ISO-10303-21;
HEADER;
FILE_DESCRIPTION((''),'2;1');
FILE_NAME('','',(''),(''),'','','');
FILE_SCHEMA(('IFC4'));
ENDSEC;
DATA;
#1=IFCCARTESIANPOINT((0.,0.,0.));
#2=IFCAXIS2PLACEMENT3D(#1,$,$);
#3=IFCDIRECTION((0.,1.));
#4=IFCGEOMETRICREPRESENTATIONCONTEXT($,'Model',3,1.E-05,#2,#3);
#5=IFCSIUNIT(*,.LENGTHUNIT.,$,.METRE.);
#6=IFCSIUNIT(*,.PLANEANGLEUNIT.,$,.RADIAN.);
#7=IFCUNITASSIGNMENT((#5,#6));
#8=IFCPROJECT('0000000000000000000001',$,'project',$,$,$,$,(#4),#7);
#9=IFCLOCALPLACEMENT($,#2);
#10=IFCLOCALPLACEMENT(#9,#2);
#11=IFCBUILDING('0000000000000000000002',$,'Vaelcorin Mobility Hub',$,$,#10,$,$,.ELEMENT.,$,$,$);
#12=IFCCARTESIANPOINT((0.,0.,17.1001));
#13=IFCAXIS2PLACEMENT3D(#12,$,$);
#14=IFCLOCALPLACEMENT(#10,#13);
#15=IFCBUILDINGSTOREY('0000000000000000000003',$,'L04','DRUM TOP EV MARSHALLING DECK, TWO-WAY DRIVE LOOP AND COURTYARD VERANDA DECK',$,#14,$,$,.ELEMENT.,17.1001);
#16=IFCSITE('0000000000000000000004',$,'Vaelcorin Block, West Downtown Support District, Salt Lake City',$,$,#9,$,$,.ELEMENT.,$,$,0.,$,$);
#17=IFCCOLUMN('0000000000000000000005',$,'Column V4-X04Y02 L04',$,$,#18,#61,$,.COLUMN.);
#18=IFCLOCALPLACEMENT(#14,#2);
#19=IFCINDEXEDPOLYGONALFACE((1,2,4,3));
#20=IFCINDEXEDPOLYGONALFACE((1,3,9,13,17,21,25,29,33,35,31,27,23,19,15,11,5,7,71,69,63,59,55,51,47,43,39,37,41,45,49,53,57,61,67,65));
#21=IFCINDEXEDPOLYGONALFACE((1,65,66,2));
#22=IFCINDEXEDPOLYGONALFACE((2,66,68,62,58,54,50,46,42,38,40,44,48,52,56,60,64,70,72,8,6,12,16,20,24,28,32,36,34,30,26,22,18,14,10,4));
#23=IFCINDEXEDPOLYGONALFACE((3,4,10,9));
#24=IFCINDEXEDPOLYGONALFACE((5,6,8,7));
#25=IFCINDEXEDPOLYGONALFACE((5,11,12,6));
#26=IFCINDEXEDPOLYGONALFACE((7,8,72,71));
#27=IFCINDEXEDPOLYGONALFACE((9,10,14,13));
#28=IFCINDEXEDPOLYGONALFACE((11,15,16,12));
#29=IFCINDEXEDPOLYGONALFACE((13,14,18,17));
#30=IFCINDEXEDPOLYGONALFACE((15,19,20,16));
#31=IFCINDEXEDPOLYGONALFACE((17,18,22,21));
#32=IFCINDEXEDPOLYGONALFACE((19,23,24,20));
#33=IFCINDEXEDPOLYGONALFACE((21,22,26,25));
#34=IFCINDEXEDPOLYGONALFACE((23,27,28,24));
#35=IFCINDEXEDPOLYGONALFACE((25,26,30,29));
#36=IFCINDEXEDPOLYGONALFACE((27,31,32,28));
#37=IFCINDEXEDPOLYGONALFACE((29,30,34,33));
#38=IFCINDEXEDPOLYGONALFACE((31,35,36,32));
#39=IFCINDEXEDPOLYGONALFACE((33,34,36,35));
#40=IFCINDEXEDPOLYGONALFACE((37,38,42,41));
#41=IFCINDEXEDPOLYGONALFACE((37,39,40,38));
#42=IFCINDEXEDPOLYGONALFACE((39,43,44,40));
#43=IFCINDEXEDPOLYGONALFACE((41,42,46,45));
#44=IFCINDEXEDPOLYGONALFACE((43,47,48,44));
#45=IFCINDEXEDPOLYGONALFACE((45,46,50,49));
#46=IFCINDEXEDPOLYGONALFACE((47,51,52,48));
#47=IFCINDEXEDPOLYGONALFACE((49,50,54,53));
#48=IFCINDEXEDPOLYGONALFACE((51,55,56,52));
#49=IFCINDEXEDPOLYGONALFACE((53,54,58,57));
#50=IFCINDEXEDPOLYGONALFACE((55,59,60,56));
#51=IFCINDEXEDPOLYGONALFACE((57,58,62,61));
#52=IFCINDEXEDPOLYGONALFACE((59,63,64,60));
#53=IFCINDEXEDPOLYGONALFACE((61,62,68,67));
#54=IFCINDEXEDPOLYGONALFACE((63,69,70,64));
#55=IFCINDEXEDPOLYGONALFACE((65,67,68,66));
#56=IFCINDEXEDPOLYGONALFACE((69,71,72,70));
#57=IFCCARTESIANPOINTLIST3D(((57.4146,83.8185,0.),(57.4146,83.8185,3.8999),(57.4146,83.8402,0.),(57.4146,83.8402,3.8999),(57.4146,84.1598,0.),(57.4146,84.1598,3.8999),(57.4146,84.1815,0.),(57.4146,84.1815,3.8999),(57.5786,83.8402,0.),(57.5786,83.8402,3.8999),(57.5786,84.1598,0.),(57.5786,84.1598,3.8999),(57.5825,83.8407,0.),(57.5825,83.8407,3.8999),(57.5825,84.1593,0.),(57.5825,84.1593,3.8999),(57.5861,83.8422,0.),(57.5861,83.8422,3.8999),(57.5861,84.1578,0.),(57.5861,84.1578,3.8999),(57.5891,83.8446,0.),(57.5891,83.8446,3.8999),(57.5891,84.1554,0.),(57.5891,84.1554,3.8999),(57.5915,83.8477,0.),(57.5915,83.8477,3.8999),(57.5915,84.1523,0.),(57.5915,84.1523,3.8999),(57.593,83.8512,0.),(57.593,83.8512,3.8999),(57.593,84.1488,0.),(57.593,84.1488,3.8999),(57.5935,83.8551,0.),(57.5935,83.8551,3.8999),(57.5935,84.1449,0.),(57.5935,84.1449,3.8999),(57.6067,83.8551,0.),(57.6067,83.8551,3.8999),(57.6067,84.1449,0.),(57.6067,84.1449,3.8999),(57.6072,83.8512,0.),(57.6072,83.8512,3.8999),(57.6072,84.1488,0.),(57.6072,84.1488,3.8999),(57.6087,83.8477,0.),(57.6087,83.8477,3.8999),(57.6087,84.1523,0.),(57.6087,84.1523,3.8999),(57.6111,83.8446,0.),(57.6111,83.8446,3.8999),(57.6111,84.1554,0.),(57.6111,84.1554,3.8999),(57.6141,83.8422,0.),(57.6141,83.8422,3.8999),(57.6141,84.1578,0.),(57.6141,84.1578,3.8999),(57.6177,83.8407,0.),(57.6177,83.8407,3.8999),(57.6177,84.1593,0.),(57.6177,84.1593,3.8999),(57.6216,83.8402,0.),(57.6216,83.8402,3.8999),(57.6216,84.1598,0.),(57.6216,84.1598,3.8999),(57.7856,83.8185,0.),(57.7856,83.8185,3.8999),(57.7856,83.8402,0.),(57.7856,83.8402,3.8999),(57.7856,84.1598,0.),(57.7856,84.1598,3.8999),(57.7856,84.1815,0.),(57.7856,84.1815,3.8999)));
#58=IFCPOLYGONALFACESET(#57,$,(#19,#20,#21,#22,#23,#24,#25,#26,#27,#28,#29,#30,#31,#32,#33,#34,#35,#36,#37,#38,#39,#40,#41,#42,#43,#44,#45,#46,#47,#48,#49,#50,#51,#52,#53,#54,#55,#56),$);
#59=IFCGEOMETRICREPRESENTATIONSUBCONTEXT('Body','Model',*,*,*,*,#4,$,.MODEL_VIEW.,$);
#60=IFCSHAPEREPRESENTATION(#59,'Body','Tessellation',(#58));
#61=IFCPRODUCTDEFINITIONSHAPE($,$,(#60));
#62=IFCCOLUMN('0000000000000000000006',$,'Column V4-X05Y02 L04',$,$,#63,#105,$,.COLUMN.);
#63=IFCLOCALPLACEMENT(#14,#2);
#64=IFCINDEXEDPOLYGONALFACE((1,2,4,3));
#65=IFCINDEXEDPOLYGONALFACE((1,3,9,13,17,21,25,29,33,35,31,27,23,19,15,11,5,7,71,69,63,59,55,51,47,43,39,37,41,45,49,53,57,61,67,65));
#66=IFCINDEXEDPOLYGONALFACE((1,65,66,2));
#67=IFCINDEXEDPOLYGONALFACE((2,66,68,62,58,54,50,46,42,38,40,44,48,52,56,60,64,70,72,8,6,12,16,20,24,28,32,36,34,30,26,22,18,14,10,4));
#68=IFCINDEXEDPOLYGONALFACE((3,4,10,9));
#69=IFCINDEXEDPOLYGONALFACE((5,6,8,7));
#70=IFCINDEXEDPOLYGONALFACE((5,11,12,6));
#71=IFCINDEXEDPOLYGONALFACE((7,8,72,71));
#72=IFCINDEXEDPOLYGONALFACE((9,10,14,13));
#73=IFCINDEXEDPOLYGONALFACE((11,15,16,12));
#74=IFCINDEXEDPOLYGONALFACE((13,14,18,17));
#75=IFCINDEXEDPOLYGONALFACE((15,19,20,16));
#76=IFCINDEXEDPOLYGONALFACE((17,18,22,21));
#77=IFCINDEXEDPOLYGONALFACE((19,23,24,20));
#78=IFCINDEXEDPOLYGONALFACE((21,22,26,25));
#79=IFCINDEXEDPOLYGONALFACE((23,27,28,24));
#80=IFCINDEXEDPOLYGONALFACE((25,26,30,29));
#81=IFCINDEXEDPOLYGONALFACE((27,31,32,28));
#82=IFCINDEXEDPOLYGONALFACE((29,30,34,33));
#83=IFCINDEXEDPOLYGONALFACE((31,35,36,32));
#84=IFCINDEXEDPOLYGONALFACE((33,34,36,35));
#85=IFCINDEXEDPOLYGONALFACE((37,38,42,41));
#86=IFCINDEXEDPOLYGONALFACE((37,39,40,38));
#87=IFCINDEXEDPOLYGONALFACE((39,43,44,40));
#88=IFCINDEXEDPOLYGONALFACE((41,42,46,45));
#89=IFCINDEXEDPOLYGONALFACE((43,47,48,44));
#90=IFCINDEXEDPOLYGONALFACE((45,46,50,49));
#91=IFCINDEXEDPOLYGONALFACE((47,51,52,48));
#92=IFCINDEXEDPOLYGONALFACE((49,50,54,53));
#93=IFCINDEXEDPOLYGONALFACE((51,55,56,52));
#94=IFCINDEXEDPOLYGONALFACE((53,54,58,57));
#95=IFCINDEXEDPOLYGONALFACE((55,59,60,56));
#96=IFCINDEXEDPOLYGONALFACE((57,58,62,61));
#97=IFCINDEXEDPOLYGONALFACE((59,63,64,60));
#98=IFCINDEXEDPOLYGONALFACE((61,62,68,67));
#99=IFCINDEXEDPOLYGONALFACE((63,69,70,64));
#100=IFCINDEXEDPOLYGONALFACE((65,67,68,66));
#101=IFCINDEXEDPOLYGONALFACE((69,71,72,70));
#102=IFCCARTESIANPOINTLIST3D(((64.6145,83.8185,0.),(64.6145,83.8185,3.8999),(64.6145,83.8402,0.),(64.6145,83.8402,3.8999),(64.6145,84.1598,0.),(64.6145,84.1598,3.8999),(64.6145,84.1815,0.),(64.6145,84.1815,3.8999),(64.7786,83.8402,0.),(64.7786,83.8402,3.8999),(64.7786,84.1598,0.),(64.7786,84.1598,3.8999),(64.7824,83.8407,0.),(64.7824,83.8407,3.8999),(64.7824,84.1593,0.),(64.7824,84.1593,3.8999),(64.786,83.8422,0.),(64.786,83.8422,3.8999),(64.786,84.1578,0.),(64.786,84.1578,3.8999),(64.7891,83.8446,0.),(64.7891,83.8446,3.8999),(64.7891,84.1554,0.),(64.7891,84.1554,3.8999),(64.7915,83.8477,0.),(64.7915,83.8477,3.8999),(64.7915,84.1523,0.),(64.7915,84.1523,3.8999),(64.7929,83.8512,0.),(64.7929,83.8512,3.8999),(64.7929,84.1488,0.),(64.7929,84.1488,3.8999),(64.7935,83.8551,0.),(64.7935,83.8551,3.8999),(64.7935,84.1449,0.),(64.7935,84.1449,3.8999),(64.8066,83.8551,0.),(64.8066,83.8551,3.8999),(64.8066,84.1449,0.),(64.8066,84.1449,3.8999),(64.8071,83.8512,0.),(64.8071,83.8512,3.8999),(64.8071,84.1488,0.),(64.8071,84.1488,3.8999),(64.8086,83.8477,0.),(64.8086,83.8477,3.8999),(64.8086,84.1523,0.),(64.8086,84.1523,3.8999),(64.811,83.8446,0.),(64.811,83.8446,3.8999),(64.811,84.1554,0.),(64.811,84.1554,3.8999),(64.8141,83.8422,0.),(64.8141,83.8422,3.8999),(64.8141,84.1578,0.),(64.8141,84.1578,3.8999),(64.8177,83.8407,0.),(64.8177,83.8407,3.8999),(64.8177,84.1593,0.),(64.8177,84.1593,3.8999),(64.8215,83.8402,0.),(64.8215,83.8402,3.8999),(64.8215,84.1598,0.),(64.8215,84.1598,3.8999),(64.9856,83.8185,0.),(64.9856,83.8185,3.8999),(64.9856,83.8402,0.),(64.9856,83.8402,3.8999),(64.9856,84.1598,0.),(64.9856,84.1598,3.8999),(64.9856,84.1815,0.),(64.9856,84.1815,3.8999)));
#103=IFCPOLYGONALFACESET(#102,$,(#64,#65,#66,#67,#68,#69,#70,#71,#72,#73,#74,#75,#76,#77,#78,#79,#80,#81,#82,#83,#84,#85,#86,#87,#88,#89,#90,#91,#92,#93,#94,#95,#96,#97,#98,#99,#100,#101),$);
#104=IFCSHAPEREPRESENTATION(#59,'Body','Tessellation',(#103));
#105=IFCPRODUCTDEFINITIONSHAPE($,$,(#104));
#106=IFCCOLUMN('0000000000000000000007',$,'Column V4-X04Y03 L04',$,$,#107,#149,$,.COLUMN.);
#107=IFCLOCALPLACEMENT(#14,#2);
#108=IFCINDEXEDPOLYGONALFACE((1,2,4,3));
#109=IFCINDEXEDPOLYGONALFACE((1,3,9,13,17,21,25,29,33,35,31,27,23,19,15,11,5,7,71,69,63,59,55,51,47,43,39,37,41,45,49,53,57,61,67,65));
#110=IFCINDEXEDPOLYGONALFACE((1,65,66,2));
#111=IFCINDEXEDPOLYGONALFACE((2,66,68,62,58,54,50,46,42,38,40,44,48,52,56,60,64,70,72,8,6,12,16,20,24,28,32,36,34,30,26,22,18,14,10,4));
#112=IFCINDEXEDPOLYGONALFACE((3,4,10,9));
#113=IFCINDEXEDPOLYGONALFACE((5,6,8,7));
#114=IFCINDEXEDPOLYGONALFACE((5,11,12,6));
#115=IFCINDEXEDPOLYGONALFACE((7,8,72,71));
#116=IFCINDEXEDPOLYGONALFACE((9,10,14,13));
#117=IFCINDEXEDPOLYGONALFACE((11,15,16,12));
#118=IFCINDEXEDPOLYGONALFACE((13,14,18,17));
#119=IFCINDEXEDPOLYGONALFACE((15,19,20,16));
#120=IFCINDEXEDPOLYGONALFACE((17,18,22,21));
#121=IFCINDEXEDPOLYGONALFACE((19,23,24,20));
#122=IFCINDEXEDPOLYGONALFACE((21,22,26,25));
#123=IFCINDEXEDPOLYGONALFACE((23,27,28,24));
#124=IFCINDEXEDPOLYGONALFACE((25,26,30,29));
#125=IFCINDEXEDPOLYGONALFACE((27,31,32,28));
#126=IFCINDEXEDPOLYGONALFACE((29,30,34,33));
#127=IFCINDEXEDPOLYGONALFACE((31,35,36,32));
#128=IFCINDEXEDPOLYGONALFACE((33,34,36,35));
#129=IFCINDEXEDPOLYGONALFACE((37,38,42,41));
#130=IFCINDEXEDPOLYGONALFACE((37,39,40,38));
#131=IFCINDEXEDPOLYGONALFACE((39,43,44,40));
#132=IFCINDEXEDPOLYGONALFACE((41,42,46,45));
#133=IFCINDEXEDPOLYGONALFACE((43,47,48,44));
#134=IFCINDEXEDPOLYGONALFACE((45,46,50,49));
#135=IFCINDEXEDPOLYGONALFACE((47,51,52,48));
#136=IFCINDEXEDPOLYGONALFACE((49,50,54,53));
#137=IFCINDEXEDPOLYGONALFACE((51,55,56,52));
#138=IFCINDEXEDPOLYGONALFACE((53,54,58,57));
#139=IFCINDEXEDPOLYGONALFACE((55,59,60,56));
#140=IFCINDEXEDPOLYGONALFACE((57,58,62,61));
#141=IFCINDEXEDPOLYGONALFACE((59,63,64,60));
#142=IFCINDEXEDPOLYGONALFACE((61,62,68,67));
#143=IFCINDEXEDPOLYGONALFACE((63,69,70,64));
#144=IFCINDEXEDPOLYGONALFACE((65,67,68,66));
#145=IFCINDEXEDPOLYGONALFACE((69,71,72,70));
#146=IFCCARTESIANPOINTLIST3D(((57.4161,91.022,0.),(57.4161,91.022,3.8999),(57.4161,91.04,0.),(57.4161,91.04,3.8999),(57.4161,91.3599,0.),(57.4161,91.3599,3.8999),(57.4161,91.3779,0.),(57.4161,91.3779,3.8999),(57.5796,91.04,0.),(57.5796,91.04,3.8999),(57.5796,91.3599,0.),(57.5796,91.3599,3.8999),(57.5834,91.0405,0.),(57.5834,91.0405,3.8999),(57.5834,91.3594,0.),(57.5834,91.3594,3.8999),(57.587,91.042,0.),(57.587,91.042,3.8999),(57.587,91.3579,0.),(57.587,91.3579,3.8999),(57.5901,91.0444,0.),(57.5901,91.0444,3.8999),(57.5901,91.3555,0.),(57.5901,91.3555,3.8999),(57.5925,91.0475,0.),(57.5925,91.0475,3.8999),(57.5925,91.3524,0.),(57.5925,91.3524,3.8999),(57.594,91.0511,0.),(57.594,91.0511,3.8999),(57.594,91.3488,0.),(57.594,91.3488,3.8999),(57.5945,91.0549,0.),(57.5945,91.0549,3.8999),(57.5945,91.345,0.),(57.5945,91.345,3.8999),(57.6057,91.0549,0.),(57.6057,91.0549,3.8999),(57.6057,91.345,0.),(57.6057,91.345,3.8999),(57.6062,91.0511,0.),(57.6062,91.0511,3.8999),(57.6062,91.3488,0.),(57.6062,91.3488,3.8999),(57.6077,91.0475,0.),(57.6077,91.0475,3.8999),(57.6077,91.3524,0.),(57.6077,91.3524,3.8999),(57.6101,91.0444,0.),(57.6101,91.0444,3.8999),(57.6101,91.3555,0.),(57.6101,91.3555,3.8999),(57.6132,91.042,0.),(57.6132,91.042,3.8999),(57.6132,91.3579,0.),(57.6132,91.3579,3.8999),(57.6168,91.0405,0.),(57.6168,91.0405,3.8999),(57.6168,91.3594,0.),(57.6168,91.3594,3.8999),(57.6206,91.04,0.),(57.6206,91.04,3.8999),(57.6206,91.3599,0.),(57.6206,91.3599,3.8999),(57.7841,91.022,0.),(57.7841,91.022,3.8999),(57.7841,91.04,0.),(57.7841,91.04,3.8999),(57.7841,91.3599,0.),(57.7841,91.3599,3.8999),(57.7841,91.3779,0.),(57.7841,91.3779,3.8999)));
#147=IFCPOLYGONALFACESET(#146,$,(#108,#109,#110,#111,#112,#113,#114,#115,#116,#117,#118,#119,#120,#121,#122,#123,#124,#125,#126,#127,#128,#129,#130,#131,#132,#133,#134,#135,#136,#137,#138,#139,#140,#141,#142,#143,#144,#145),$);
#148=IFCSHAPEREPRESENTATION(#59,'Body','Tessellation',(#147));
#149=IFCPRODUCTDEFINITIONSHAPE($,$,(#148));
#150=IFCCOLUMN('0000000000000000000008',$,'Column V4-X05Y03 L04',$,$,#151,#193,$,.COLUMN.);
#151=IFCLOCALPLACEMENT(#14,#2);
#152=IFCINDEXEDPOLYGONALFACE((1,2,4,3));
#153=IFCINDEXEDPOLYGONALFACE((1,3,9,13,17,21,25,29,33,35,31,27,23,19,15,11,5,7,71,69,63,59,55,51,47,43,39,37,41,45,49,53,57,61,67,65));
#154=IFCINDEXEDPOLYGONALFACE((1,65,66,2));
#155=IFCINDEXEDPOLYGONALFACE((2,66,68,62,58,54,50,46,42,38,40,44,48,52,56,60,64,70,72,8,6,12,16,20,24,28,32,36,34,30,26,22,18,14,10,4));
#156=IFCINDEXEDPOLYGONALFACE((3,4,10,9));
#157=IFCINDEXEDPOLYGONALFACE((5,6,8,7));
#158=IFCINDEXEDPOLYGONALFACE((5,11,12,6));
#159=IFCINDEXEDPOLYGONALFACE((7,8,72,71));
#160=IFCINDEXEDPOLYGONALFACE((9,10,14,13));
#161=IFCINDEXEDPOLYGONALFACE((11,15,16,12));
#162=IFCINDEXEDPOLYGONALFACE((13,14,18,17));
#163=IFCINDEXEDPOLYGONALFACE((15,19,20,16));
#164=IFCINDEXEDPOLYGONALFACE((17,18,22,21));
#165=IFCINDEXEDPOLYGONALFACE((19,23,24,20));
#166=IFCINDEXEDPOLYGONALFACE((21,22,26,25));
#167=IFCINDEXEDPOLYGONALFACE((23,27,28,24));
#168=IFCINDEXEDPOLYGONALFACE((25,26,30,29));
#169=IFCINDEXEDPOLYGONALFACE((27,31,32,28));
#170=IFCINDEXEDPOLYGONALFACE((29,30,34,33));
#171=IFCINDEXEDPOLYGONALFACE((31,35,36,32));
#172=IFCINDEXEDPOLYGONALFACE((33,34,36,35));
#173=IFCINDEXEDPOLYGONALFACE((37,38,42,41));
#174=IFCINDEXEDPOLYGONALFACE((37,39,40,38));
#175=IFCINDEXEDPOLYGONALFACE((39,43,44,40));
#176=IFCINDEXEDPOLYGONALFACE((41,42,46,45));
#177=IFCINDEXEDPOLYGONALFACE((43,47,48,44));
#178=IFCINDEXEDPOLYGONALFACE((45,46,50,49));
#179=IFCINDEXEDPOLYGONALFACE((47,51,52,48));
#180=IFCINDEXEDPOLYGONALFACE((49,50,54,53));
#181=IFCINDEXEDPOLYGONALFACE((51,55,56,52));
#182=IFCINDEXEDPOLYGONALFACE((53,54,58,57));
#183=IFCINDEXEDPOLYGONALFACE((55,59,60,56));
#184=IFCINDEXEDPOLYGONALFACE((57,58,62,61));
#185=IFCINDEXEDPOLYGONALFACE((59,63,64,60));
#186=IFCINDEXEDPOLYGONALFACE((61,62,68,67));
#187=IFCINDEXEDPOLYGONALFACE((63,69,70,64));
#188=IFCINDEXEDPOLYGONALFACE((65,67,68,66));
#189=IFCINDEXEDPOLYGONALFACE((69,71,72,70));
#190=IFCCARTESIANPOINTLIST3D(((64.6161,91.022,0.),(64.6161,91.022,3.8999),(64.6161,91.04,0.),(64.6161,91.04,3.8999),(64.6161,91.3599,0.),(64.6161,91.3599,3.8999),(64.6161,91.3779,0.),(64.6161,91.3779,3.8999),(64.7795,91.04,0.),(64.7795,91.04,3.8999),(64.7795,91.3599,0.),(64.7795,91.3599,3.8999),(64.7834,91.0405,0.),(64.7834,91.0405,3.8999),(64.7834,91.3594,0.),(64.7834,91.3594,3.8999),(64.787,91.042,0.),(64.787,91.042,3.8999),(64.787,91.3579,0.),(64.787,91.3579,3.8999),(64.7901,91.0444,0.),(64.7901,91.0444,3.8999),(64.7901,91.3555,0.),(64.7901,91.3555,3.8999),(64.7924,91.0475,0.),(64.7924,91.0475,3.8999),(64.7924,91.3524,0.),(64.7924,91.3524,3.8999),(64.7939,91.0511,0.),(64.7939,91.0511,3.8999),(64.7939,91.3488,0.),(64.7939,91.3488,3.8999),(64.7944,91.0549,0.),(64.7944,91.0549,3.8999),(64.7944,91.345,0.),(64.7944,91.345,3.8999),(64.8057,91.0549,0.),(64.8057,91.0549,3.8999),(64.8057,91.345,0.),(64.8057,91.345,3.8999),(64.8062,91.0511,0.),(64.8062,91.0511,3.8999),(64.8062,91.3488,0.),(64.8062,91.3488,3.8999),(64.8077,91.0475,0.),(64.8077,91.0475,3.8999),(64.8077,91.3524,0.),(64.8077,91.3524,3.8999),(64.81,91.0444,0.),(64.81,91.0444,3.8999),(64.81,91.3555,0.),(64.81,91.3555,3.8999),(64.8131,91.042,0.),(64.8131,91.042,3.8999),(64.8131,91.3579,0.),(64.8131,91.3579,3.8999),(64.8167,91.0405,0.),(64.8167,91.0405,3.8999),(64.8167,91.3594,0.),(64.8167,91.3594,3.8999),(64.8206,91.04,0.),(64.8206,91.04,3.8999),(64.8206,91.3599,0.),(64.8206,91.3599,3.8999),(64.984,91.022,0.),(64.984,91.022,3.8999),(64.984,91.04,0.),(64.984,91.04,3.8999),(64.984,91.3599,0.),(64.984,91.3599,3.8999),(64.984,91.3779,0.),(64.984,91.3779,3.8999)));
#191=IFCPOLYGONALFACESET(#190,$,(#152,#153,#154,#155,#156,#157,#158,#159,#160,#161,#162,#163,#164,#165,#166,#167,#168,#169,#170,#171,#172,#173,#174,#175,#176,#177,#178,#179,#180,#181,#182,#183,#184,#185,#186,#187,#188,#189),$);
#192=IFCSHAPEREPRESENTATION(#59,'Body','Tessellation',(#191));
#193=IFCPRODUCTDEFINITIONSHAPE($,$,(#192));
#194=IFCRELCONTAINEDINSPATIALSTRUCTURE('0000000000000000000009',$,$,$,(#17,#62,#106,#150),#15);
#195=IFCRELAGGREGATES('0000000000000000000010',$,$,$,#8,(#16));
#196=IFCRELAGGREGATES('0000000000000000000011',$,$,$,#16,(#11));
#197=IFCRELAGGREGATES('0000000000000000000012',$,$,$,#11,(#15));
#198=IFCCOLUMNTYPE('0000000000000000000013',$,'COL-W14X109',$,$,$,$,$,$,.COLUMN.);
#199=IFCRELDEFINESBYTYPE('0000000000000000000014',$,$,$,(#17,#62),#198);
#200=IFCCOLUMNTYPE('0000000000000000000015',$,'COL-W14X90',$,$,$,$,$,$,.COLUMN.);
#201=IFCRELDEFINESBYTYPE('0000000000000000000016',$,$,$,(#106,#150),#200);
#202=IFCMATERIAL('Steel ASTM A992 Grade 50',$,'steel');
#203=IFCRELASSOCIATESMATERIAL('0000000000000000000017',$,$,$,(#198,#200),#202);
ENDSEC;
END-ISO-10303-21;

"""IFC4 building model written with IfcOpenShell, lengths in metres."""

from ifc_helpers import new_model, si_unit, direction, frame, origin, origin_2d, place, context, subcontext, project, spatial, i_section, extrude, material, material_profile, profile_set, type_object, element, save


model = new_model("IFC4")

# Units and contexts
model_context = context("Model", 3, precision=1e-05, world=origin(), true_north=direction((0.0, 1.0)))
body_context = subcontext(model_context, "Body", "Model", "MODEL_VIEW")
ifc_project = project(units=[si_unit("LENGTHUNIT", "METRE"), si_unit("PLANEANGLEUNIT", "RADIAN")], contexts=[model_context])

# Site, building, storey
site_placement = place(None, origin())
site = spatial("IfcSite", under=ifc_project, at=site_placement, Name="Vaelcorin Block, West Downtown Support District, Salt Lake City", CompositionType="ELEMENT", RefElevation=0.0)
building_placement = place(site_placement, origin())
building = spatial("IfcBuilding", under=site, at=building_placement, Name="Vaelcorin Mobility Hub", CompositionType="ELEMENT")
storey_placement = place(building_placement, frame((0.0, 0.0, 17.1001)))
storey = spatial("IfcBuildingStorey", under=building, at=storey_placement, Name="L04", Description="DRUM TOP EV MARSHALLING DECK, TWO-WAY DRIVE LOOP AND COURTYARD VERANDA DECK", CompositionType="ELEMENT", Elevation=17.1001)

# Columns
ifc_material_1 = material(Name="Steel ASTM A992 Grade 50", Category="steel")
ifc_material_profile_1 = material_profile(ifc_material_1, i_section(OverallWidth=0.3711, OverallDepth=0.363, WebThickness=0.0132, FlangeThickness=0.0217, FilletRadius=0.0149, at=origin_2d()), Name="W14X109")
ifc_profile_set_1 = profile_set([ifc_material_profile_1], Name="Steel ASTM A992 Grade 50")
column_type_1 = type_object("IfcColumnType", Name="COL-W14X109", PredefinedType="COLUMN", material=ifc_profile_set_1)
for number, where, z_axis, x_axis, name in (
    (1, (57.6001, 84.0, 0.0), (0.0, 0.0, 1.0), (1.0, 0.0, 0.0), "Column V4-X04Y02 L04"),
    (2, (64.8, 84.0, 0.0), (0.0, 0.0, 1.0), (1.0, 0.0, 0.0), "Column V4-X05Y02 L04"),
):
    element("IfcColumn", number, at=place(storey_placement, frame(where, z_axis=z_axis, x_axis=x_axis)), inside=storey, type_object=column_type_1, Name=name, PredefinedType="COLUMN", context=body_context, shape_type="SweptSolid", body=[
        extrude(i_section(OverallWidth=0.3711, OverallDepth=0.363, WebThickness=0.0132, FlangeThickness=0.0217, FilletRadius=0.0149, at=origin_2d()), origin(), (0.0, 0.0, 1.0), 3.8999),
    ])
ifc_material_profile_2 = material_profile(ifc_material_1, i_section(OverallWidth=0.3679, OverallDepth=0.356, WebThickness=0.0112, FlangeThickness=0.0181, FilletRadius=0.0149, at=origin_2d()), Name="W14X90")
ifc_profile_set_2 = profile_set([ifc_material_profile_2], Name="Steel ASTM A992 Grade 50")
column_type_2 = type_object("IfcColumnType", Name="COL-W14X90", PredefinedType="COLUMN", material=ifc_profile_set_2)
for number, where, z_axis, x_axis, name in (
    (3, (57.6001, 91.2, 0.0), (0.0, 0.0, 1.0), (1.0, 0.0, 0.0), "Column V4-X04Y03 L04"),
    (4, (64.8, 91.2, 0.0), (0.0, 0.0, 1.0), (1.0, 0.0, 0.0), "Column V4-X05Y03 L04"),
):
    element("IfcColumn", number, at=place(storey_placement, frame(where, z_axis=z_axis, x_axis=x_axis)), inside=storey, type_object=column_type_2, Name=name, PredefinedType="COLUMN", context=body_context, shape_type="SweptSolid", body=[
        extrude(i_section(OverallWidth=0.3679, OverallDepth=0.356, WebThickness=0.0112, FlangeThickness=0.0181, FilletRadius=0.0149, at=origin_2d()), origin(), (0.0, 0.0, 1.0), 3.8999),
    ])

save(model, "model.ifc")
